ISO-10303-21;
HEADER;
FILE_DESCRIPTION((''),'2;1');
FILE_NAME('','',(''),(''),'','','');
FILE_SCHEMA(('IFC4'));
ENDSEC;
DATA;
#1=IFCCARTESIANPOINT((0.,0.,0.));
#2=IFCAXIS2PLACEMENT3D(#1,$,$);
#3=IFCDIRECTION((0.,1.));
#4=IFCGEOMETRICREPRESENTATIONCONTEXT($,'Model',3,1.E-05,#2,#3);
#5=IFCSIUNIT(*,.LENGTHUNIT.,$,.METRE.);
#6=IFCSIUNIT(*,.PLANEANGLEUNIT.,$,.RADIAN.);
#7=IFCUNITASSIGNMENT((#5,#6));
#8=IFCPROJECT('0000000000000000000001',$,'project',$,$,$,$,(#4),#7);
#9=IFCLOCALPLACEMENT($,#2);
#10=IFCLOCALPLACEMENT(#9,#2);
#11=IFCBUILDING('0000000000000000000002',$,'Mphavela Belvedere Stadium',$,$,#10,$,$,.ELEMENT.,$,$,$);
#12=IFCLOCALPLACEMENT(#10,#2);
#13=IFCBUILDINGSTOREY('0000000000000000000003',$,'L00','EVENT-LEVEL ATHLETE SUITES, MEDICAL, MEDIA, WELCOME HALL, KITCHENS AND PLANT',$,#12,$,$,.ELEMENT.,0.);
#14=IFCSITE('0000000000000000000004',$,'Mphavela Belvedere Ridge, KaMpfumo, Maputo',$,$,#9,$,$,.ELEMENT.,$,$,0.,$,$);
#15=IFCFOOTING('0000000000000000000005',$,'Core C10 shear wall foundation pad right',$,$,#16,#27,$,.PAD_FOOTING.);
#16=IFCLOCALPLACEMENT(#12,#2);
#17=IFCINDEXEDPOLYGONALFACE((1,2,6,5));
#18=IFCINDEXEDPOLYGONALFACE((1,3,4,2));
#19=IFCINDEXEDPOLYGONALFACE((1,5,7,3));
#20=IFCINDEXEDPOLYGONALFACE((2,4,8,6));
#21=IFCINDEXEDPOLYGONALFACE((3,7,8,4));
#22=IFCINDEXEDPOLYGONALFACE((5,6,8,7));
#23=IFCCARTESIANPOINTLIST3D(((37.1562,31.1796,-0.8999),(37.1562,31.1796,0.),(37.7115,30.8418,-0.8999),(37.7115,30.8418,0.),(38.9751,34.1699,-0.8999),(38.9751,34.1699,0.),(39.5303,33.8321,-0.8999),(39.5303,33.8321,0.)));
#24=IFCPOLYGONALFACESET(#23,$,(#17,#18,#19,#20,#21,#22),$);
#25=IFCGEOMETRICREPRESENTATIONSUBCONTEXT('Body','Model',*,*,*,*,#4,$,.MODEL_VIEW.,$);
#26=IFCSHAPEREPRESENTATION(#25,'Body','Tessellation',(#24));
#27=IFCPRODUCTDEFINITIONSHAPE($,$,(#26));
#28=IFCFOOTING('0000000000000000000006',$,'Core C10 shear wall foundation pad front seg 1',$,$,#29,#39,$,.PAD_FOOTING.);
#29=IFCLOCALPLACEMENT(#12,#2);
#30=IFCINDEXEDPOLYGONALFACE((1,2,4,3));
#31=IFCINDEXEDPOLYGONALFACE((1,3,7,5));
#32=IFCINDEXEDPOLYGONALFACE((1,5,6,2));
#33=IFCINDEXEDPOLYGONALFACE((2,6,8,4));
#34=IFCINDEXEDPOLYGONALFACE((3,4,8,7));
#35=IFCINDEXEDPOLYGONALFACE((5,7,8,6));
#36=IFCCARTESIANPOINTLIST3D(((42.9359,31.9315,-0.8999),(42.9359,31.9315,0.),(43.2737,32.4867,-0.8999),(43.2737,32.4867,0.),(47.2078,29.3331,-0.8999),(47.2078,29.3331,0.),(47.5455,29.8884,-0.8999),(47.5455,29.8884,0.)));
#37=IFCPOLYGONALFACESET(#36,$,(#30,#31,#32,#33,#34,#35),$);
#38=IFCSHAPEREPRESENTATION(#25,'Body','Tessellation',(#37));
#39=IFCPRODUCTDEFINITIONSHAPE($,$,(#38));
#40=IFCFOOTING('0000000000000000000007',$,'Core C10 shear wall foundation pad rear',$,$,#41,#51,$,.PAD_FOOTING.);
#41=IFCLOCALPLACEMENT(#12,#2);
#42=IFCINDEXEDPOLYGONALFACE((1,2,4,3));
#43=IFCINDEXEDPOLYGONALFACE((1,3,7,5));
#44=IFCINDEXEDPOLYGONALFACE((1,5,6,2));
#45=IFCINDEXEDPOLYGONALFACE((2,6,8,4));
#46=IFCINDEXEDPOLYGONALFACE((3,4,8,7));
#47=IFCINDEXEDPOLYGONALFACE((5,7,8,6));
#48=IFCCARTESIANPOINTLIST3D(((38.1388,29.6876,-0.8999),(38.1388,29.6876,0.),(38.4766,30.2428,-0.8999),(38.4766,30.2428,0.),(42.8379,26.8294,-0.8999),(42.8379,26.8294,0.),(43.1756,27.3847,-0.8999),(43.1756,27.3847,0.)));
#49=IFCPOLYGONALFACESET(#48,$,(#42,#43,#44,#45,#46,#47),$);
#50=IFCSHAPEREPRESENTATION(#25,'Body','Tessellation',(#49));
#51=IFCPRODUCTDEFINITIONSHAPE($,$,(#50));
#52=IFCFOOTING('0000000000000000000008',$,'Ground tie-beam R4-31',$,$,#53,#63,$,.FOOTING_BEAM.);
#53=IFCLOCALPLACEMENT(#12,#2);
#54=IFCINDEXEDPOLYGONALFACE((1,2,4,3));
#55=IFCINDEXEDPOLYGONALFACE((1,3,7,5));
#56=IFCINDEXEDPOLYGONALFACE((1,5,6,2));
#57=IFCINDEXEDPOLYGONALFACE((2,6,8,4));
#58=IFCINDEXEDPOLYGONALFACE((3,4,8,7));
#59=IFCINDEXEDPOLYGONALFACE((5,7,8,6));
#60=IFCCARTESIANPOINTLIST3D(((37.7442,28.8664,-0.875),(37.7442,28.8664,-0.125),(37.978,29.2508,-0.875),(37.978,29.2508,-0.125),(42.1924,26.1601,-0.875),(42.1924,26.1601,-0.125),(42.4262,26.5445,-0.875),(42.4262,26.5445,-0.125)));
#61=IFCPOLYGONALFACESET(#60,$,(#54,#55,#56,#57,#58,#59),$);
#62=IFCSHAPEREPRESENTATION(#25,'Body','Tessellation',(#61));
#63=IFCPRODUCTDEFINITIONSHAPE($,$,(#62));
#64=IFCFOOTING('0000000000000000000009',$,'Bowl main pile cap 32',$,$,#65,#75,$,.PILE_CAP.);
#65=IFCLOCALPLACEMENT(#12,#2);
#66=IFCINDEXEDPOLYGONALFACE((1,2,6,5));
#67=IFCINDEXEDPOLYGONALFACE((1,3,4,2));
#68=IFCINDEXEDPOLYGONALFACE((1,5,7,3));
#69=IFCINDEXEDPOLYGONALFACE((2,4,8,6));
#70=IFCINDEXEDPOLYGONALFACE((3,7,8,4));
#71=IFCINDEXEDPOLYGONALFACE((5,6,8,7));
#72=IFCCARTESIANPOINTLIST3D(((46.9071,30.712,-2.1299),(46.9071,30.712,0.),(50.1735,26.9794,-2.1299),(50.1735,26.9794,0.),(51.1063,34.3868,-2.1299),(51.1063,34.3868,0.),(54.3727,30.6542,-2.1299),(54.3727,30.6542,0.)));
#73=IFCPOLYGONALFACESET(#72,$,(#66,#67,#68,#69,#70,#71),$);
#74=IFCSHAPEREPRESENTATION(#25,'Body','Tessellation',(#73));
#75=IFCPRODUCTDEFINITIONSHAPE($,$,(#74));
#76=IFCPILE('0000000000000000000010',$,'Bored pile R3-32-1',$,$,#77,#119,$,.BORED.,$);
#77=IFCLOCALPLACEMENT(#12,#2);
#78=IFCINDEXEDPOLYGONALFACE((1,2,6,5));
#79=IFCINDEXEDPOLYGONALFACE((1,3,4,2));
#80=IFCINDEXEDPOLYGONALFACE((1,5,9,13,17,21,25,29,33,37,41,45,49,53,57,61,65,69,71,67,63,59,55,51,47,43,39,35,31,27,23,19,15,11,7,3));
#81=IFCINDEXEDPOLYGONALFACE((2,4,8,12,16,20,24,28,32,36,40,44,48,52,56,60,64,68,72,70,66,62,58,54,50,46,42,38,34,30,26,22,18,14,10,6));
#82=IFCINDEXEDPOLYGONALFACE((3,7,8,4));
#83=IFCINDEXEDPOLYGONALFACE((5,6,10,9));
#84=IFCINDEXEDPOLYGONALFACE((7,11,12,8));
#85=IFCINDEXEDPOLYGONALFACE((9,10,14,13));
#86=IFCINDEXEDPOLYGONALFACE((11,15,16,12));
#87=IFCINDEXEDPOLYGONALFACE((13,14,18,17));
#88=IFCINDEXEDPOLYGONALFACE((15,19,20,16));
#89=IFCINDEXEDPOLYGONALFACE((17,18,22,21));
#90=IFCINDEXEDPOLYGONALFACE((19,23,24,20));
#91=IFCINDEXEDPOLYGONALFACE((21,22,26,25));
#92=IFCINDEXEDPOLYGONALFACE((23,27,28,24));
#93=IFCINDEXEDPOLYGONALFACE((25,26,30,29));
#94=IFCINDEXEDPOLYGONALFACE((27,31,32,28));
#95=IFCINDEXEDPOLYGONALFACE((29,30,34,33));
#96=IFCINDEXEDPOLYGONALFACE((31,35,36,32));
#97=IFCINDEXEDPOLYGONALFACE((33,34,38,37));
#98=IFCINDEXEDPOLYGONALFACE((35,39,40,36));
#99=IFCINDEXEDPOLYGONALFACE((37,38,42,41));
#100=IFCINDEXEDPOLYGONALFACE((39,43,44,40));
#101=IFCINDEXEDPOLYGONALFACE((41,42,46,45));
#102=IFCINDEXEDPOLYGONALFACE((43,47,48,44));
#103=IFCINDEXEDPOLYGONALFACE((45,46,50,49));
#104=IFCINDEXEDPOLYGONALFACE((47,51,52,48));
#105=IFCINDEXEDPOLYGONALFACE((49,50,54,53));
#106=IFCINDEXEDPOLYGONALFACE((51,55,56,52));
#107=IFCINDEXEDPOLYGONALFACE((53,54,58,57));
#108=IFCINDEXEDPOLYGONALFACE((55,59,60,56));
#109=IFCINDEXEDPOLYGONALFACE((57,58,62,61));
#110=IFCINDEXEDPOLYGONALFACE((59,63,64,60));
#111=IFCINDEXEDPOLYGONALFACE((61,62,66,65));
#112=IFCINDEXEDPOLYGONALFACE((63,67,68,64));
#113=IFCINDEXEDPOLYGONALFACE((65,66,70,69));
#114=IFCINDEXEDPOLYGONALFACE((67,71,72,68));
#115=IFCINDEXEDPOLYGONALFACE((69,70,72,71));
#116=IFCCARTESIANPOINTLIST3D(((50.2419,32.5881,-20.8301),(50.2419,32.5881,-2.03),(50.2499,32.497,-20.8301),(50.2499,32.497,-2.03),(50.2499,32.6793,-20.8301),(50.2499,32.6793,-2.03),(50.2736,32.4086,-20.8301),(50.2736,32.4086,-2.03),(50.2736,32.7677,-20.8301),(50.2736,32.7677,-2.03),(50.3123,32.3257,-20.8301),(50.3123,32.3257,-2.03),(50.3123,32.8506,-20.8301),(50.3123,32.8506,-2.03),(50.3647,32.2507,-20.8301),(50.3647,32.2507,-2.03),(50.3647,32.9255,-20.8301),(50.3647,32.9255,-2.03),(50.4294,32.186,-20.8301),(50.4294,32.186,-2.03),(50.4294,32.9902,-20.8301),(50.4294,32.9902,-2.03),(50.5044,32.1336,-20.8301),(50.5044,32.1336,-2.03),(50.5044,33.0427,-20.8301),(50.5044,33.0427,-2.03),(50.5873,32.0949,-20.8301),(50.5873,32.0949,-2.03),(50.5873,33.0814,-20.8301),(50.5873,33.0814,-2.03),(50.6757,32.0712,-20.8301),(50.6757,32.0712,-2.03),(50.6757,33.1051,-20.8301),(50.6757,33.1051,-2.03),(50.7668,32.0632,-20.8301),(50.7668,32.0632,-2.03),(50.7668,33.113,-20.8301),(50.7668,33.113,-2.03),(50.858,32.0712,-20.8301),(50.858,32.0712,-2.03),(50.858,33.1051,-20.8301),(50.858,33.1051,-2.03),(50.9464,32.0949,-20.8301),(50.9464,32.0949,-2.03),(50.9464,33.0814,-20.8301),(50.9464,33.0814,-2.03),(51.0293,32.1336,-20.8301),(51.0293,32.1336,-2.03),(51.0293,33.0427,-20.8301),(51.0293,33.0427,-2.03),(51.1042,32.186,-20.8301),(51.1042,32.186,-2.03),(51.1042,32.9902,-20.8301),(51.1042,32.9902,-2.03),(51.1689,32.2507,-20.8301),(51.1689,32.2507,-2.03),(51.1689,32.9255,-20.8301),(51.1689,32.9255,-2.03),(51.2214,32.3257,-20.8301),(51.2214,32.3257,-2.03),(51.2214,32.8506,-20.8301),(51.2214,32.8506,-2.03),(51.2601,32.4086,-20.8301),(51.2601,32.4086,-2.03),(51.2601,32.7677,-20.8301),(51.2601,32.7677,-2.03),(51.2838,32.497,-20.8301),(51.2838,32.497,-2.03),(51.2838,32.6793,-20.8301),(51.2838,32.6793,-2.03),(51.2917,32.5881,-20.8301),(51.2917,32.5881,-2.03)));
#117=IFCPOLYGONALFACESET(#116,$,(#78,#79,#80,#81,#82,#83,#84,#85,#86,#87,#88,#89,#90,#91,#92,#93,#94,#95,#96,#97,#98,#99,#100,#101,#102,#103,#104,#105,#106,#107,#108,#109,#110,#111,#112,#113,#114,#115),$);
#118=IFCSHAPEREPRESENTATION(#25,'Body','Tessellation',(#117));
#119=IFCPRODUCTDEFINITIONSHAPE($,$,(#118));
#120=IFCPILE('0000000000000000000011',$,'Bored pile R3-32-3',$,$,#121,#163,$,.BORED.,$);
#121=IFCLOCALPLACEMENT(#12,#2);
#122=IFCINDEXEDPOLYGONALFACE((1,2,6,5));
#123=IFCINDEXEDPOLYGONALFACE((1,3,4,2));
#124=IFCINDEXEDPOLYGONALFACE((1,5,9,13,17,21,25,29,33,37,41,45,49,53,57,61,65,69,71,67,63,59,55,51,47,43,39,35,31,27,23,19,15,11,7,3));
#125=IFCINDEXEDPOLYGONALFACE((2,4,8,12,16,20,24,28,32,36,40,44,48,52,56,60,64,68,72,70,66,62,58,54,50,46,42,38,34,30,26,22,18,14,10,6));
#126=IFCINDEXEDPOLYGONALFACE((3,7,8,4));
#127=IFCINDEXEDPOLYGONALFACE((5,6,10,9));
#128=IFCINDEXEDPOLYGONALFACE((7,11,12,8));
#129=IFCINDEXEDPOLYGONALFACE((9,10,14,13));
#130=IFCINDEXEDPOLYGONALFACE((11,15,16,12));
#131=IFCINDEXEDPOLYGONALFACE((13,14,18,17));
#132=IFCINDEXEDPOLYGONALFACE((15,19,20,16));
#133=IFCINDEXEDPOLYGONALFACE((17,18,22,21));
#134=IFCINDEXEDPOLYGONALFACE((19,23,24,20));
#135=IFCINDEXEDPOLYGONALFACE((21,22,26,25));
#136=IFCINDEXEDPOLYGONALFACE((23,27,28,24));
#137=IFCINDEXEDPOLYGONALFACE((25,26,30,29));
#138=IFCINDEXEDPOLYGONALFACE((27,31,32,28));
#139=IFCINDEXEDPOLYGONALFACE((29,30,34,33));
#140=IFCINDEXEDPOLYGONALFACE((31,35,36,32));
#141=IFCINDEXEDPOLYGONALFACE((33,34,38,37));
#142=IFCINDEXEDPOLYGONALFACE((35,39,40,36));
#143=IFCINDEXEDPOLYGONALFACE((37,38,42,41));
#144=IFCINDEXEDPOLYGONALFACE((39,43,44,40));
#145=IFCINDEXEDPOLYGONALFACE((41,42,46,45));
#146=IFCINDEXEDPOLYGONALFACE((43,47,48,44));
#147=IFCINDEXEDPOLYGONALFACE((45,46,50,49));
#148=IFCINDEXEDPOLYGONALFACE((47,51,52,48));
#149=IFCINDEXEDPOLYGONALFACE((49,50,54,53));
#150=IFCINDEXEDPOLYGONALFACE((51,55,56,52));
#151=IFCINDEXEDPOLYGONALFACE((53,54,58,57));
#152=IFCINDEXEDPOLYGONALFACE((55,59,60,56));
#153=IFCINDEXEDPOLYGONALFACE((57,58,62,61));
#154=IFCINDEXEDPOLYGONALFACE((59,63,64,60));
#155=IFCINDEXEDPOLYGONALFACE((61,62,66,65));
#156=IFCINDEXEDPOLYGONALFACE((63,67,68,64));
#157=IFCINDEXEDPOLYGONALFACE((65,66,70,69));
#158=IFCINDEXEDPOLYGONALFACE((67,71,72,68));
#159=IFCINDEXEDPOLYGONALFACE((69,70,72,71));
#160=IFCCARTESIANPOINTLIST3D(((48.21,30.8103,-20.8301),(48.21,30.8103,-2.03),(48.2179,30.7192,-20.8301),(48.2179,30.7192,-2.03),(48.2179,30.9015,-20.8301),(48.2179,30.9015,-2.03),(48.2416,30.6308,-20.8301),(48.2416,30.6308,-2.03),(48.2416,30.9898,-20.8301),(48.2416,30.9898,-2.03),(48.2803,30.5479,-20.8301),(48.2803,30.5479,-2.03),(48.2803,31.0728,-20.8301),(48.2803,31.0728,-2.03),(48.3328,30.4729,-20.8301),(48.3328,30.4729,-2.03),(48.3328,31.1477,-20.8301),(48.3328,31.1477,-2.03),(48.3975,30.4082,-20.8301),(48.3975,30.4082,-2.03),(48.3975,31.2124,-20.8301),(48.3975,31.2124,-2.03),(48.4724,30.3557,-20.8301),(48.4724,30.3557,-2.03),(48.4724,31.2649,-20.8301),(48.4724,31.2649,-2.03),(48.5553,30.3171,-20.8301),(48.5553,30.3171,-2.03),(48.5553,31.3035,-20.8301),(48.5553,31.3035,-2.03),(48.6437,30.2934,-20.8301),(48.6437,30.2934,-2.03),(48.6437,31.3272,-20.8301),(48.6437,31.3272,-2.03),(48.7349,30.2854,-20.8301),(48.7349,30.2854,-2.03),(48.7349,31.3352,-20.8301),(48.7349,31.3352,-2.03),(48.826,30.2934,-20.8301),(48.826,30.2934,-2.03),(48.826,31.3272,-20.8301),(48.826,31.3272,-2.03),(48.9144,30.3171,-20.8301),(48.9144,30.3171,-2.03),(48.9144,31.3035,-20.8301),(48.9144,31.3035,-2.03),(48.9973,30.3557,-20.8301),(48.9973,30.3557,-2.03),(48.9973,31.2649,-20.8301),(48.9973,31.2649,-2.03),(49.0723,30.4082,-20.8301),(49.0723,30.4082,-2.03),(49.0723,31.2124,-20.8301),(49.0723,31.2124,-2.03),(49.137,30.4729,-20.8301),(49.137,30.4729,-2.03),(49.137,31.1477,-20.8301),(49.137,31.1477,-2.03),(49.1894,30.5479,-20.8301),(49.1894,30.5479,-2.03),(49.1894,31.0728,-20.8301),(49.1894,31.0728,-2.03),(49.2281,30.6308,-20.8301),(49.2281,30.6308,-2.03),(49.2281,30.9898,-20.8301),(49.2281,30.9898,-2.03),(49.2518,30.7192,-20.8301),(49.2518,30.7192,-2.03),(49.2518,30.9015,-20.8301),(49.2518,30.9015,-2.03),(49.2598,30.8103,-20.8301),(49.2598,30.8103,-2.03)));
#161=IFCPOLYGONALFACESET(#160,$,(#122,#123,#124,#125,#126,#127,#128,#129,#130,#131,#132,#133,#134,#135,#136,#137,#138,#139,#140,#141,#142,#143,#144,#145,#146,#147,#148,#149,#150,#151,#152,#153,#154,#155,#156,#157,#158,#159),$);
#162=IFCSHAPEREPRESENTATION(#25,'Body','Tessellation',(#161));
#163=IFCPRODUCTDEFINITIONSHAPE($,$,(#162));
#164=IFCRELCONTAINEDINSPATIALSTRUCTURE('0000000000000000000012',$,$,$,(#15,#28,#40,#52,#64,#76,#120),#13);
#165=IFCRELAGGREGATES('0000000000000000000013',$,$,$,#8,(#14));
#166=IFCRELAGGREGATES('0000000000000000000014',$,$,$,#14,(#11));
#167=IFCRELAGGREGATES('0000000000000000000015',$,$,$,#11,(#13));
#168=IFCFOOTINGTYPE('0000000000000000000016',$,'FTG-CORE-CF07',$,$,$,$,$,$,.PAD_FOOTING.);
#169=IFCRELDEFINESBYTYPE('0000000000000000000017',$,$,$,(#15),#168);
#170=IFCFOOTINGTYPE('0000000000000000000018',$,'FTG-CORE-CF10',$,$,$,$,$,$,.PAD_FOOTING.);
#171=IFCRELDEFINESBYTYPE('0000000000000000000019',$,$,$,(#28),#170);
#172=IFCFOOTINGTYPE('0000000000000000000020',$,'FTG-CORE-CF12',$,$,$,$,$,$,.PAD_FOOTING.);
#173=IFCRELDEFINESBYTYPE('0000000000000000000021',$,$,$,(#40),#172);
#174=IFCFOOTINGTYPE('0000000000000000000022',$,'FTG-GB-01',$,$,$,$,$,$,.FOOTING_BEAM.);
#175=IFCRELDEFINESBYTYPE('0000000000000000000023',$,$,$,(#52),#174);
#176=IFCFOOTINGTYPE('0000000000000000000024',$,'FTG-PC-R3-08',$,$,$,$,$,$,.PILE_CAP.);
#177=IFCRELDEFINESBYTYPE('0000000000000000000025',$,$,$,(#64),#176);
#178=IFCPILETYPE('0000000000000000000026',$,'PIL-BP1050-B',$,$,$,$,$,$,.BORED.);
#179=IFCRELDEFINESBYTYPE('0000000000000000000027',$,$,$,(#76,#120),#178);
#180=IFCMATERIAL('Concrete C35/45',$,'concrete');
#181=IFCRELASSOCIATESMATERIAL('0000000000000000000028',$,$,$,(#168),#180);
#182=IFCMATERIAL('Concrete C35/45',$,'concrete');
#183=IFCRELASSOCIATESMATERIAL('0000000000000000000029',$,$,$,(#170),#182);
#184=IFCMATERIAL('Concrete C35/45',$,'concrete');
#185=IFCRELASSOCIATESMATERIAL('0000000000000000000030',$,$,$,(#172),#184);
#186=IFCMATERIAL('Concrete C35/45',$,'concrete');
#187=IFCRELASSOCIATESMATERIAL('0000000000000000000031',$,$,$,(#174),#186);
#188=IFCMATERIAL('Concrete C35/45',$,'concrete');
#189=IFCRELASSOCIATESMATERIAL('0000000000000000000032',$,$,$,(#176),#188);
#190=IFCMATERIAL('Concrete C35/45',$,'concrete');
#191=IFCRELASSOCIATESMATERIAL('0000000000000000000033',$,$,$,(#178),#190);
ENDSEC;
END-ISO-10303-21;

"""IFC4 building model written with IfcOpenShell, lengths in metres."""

from ifc_helpers import new_model, si_unit, direction, frame, origin, origin_2d, place, context, subcontext, project, spatial, rectangle, circle, extrude, material, material_profile, profile_set, type_object, element, save


model = new_model("IFC4")

# Units and contexts
model_context = context("Model", 3, precision=1e-05, world=origin(), true_north=direction((0.0, 1.0)))
body_context = subcontext(model_context, "Body", "Model", "MODEL_VIEW")
ifc_project = project(units=[si_unit("LENGTHUNIT", "METRE"), si_unit("PLANEANGLEUNIT", "RADIAN")], contexts=[model_context])

# Site, building, storey
site_placement = place(None, origin())
site = spatial("IfcSite", under=ifc_project, at=site_placement, Name="Mphavela Belvedere Ridge, KaMpfumo, Maputo", CompositionType="ELEMENT", RefElevation=0.0)
building_placement = place(site_placement, origin())
building = spatial("IfcBuilding", under=site, at=building_placement, Name="Mphavela Belvedere Stadium", CompositionType="ELEMENT")
storey_placement = place(building_placement, origin())
storey = spatial("IfcBuildingStorey", under=building, at=storey_placement, Name="L00", Description="EVENT-LEVEL ATHLETE SUITES, MEDICAL, MEDIA, WELCOME HALL, KITCHENS AND PLANT", CompositionType="ELEMENT", Elevation=0.0)

# Footings
ifc_material_1 = material(Name="Concrete C35/45", Category="concrete")
footing_type_1 = type_object("IfcFootingType", Name="FTG-CORE-CF07", PredefinedType="PAD_FOOTING", material=ifc_material_1)
footing_1_placement = place(storey_placement, frame((38.3433, 32.5059, -0.8999), z_axis=(0.0, 0.0, 1.0), x_axis=(-0.519668, -0.854368, 0.0)))
element("IfcFooting", 1, at=footing_1_placement, inside=storey, type_object=footing_type_1, Name="Core C10 shear wall foundation pad right", PredefinedType="PAD_FOOTING", context=body_context, shape_type="SweptSolid", body=[
    extrude(rectangle(XDim=3.5, YDim=0.6499, at=origin_2d()), origin(), (0.0, 0.0, 1.0), 0.8999),
])
ifc_material_2 = material(Name="Concrete C35/45", Category="concrete")
footing_type_2 = type_object("IfcFootingType", Name="FTG-CORE-CF10", PredefinedType="PAD_FOOTING", material=ifc_material_2)
footing_2_placement = place(storey_placement, frame((45.2407, 30.9099, -0.8999), z_axis=(0.0, 0.0, 1.0), x_axis=(-0.854368, 0.519668, 0.0)))
element("IfcFooting", 2, at=footing_2_placement, inside=storey, type_object=footing_type_2, Name="Core C10 shear wall foundation pad front seg 1", PredefinedType="PAD_FOOTING", context=body_context, shape_type="SweptSolid", body=[
    extrude(rectangle(XDim=5.0, YDim=0.6499, at=origin_2d()), origin(), (0.0, 0.0, 1.0), 0.8999),
])
ifc_material_3 = material(Name="Concrete C35/45", Category="concrete")
footing_type_3 = type_object("IfcFootingType", Name="FTG-CORE-CF12", PredefinedType="PAD_FOOTING", material=ifc_material_3)
footing_3_placement = place(storey_placement, frame((40.6572, 28.5361, -0.8999), z_axis=(0.0, 0.0, 1.0), x_axis=(-0.854368, 0.519668, 0.0)))
element("IfcFooting", 3, at=footing_3_placement, inside=storey, type_object=footing_type_3, Name="Core C10 shear wall foundation pad rear", PredefinedType="PAD_FOOTING", context=body_context, shape_type="SweptSolid", body=[
    extrude(rectangle(XDim=5.5, YDim=0.6499, at=origin_2d()), origin(), (0.0, 0.0, 1.0), 0.8999),
])
ifc_material_4 = material(Name="Concrete C35/45", Category="concrete")
ifc_material_profile_1 = material_profile(ifc_material_4, rectangle(XDim=0.45, YDim=0.75, at=origin_2d()), Name="GB 450x750")
ifc_profile_set_1 = profile_set([ifc_material_profile_1], Name="Concrete C35/45")
footing_type_4 = type_object("IfcFootingType", Name="FTG-GB-01", PredefinedType="FOOTING_BEAM", material=ifc_profile_set_1)
footing_4_placement = place(storey_placement, frame((37.8611, 29.0586, -0.5), z_axis=(0.854312, -0.519761, 0.0), x_axis=(0.519761, 0.854312, 0.0)))
element("IfcFooting", 4, at=footing_4_placement, inside=storey, type_object=footing_type_4, Name="Ground tie-beam R4-31", PredefinedType="FOOTING_BEAM", context=body_context, shape_type="SweptSolid", body=[
    extrude(rectangle(XDim=0.45, YDim=0.75, at=origin_2d()), origin(), (0.0, 0.0, 1.0), 5.2068),
])
ifc_material_5 = material(Name="Concrete C35/45", Category="concrete")
footing_type_5 = type_object("IfcFootingType", Name="FTG-PC-R3-08", PredefinedType="PILE_CAP", material=ifc_material_5)
footing_5_placement = place(storey_placement, frame((50.6399, 30.6831, -2.1299), z_axis=(0.0, 0.0, 1.0), x_axis=(-0.75253, -0.658558, 0.0)))
element("IfcFooting", 5, at=footing_5_placement, inside=storey, type_object=footing_type_5, Name="Bowl main pile cap 32", PredefinedType="PILE_CAP", context=body_context, shape_type="SweptSolid", body=[
    extrude(rectangle(XDim=5.5801, YDim=4.96, at=origin_2d()), origin(), (0.0, 0.0, 1.0), 2.1299),
])

# Piles
ifc_material_6 = material(Name="Concrete C35/45", Category="concrete")
ifc_material_profile_2 = material_profile(ifc_material_6, circle(Radius=0.5249, at=origin_2d()), Name="BP D1050")
ifc_profile_set_2 = profile_set([ifc_material_profile_2], Name="Concrete C35/45")
pile_type_1 = type_object("IfcPileType", Name="PIL-BP1050-B", PredefinedType="BORED", material=ifc_profile_set_2)
for number, where, z_axis, x_axis, name in (
    (6, (50.7668, 32.5881, -2.03), (0.0, 0.0, -1.0), (1.0, 0.0, 0.0), "Bored pile R3-32-1"),
    (7, (48.7349, 30.8103, -2.03), (0.0, 0.0, -1.0), (1.0, 0.0, 0.0), "Bored pile R3-32-3"),
):
    element("IfcPile", number, at=place(storey_placement, frame(where, z_axis=z_axis, x_axis=x_axis)), inside=storey, type_object=pile_type_1, Name=name, PredefinedType="BORED", context=body_context, shape_type="SweptSolid", body=[
        extrude(circle(Radius=0.5249, at=origin_2d()), origin(), (0.0, 0.0, 1.0), 18.8),
    ])

save(model, "model.ifc")
